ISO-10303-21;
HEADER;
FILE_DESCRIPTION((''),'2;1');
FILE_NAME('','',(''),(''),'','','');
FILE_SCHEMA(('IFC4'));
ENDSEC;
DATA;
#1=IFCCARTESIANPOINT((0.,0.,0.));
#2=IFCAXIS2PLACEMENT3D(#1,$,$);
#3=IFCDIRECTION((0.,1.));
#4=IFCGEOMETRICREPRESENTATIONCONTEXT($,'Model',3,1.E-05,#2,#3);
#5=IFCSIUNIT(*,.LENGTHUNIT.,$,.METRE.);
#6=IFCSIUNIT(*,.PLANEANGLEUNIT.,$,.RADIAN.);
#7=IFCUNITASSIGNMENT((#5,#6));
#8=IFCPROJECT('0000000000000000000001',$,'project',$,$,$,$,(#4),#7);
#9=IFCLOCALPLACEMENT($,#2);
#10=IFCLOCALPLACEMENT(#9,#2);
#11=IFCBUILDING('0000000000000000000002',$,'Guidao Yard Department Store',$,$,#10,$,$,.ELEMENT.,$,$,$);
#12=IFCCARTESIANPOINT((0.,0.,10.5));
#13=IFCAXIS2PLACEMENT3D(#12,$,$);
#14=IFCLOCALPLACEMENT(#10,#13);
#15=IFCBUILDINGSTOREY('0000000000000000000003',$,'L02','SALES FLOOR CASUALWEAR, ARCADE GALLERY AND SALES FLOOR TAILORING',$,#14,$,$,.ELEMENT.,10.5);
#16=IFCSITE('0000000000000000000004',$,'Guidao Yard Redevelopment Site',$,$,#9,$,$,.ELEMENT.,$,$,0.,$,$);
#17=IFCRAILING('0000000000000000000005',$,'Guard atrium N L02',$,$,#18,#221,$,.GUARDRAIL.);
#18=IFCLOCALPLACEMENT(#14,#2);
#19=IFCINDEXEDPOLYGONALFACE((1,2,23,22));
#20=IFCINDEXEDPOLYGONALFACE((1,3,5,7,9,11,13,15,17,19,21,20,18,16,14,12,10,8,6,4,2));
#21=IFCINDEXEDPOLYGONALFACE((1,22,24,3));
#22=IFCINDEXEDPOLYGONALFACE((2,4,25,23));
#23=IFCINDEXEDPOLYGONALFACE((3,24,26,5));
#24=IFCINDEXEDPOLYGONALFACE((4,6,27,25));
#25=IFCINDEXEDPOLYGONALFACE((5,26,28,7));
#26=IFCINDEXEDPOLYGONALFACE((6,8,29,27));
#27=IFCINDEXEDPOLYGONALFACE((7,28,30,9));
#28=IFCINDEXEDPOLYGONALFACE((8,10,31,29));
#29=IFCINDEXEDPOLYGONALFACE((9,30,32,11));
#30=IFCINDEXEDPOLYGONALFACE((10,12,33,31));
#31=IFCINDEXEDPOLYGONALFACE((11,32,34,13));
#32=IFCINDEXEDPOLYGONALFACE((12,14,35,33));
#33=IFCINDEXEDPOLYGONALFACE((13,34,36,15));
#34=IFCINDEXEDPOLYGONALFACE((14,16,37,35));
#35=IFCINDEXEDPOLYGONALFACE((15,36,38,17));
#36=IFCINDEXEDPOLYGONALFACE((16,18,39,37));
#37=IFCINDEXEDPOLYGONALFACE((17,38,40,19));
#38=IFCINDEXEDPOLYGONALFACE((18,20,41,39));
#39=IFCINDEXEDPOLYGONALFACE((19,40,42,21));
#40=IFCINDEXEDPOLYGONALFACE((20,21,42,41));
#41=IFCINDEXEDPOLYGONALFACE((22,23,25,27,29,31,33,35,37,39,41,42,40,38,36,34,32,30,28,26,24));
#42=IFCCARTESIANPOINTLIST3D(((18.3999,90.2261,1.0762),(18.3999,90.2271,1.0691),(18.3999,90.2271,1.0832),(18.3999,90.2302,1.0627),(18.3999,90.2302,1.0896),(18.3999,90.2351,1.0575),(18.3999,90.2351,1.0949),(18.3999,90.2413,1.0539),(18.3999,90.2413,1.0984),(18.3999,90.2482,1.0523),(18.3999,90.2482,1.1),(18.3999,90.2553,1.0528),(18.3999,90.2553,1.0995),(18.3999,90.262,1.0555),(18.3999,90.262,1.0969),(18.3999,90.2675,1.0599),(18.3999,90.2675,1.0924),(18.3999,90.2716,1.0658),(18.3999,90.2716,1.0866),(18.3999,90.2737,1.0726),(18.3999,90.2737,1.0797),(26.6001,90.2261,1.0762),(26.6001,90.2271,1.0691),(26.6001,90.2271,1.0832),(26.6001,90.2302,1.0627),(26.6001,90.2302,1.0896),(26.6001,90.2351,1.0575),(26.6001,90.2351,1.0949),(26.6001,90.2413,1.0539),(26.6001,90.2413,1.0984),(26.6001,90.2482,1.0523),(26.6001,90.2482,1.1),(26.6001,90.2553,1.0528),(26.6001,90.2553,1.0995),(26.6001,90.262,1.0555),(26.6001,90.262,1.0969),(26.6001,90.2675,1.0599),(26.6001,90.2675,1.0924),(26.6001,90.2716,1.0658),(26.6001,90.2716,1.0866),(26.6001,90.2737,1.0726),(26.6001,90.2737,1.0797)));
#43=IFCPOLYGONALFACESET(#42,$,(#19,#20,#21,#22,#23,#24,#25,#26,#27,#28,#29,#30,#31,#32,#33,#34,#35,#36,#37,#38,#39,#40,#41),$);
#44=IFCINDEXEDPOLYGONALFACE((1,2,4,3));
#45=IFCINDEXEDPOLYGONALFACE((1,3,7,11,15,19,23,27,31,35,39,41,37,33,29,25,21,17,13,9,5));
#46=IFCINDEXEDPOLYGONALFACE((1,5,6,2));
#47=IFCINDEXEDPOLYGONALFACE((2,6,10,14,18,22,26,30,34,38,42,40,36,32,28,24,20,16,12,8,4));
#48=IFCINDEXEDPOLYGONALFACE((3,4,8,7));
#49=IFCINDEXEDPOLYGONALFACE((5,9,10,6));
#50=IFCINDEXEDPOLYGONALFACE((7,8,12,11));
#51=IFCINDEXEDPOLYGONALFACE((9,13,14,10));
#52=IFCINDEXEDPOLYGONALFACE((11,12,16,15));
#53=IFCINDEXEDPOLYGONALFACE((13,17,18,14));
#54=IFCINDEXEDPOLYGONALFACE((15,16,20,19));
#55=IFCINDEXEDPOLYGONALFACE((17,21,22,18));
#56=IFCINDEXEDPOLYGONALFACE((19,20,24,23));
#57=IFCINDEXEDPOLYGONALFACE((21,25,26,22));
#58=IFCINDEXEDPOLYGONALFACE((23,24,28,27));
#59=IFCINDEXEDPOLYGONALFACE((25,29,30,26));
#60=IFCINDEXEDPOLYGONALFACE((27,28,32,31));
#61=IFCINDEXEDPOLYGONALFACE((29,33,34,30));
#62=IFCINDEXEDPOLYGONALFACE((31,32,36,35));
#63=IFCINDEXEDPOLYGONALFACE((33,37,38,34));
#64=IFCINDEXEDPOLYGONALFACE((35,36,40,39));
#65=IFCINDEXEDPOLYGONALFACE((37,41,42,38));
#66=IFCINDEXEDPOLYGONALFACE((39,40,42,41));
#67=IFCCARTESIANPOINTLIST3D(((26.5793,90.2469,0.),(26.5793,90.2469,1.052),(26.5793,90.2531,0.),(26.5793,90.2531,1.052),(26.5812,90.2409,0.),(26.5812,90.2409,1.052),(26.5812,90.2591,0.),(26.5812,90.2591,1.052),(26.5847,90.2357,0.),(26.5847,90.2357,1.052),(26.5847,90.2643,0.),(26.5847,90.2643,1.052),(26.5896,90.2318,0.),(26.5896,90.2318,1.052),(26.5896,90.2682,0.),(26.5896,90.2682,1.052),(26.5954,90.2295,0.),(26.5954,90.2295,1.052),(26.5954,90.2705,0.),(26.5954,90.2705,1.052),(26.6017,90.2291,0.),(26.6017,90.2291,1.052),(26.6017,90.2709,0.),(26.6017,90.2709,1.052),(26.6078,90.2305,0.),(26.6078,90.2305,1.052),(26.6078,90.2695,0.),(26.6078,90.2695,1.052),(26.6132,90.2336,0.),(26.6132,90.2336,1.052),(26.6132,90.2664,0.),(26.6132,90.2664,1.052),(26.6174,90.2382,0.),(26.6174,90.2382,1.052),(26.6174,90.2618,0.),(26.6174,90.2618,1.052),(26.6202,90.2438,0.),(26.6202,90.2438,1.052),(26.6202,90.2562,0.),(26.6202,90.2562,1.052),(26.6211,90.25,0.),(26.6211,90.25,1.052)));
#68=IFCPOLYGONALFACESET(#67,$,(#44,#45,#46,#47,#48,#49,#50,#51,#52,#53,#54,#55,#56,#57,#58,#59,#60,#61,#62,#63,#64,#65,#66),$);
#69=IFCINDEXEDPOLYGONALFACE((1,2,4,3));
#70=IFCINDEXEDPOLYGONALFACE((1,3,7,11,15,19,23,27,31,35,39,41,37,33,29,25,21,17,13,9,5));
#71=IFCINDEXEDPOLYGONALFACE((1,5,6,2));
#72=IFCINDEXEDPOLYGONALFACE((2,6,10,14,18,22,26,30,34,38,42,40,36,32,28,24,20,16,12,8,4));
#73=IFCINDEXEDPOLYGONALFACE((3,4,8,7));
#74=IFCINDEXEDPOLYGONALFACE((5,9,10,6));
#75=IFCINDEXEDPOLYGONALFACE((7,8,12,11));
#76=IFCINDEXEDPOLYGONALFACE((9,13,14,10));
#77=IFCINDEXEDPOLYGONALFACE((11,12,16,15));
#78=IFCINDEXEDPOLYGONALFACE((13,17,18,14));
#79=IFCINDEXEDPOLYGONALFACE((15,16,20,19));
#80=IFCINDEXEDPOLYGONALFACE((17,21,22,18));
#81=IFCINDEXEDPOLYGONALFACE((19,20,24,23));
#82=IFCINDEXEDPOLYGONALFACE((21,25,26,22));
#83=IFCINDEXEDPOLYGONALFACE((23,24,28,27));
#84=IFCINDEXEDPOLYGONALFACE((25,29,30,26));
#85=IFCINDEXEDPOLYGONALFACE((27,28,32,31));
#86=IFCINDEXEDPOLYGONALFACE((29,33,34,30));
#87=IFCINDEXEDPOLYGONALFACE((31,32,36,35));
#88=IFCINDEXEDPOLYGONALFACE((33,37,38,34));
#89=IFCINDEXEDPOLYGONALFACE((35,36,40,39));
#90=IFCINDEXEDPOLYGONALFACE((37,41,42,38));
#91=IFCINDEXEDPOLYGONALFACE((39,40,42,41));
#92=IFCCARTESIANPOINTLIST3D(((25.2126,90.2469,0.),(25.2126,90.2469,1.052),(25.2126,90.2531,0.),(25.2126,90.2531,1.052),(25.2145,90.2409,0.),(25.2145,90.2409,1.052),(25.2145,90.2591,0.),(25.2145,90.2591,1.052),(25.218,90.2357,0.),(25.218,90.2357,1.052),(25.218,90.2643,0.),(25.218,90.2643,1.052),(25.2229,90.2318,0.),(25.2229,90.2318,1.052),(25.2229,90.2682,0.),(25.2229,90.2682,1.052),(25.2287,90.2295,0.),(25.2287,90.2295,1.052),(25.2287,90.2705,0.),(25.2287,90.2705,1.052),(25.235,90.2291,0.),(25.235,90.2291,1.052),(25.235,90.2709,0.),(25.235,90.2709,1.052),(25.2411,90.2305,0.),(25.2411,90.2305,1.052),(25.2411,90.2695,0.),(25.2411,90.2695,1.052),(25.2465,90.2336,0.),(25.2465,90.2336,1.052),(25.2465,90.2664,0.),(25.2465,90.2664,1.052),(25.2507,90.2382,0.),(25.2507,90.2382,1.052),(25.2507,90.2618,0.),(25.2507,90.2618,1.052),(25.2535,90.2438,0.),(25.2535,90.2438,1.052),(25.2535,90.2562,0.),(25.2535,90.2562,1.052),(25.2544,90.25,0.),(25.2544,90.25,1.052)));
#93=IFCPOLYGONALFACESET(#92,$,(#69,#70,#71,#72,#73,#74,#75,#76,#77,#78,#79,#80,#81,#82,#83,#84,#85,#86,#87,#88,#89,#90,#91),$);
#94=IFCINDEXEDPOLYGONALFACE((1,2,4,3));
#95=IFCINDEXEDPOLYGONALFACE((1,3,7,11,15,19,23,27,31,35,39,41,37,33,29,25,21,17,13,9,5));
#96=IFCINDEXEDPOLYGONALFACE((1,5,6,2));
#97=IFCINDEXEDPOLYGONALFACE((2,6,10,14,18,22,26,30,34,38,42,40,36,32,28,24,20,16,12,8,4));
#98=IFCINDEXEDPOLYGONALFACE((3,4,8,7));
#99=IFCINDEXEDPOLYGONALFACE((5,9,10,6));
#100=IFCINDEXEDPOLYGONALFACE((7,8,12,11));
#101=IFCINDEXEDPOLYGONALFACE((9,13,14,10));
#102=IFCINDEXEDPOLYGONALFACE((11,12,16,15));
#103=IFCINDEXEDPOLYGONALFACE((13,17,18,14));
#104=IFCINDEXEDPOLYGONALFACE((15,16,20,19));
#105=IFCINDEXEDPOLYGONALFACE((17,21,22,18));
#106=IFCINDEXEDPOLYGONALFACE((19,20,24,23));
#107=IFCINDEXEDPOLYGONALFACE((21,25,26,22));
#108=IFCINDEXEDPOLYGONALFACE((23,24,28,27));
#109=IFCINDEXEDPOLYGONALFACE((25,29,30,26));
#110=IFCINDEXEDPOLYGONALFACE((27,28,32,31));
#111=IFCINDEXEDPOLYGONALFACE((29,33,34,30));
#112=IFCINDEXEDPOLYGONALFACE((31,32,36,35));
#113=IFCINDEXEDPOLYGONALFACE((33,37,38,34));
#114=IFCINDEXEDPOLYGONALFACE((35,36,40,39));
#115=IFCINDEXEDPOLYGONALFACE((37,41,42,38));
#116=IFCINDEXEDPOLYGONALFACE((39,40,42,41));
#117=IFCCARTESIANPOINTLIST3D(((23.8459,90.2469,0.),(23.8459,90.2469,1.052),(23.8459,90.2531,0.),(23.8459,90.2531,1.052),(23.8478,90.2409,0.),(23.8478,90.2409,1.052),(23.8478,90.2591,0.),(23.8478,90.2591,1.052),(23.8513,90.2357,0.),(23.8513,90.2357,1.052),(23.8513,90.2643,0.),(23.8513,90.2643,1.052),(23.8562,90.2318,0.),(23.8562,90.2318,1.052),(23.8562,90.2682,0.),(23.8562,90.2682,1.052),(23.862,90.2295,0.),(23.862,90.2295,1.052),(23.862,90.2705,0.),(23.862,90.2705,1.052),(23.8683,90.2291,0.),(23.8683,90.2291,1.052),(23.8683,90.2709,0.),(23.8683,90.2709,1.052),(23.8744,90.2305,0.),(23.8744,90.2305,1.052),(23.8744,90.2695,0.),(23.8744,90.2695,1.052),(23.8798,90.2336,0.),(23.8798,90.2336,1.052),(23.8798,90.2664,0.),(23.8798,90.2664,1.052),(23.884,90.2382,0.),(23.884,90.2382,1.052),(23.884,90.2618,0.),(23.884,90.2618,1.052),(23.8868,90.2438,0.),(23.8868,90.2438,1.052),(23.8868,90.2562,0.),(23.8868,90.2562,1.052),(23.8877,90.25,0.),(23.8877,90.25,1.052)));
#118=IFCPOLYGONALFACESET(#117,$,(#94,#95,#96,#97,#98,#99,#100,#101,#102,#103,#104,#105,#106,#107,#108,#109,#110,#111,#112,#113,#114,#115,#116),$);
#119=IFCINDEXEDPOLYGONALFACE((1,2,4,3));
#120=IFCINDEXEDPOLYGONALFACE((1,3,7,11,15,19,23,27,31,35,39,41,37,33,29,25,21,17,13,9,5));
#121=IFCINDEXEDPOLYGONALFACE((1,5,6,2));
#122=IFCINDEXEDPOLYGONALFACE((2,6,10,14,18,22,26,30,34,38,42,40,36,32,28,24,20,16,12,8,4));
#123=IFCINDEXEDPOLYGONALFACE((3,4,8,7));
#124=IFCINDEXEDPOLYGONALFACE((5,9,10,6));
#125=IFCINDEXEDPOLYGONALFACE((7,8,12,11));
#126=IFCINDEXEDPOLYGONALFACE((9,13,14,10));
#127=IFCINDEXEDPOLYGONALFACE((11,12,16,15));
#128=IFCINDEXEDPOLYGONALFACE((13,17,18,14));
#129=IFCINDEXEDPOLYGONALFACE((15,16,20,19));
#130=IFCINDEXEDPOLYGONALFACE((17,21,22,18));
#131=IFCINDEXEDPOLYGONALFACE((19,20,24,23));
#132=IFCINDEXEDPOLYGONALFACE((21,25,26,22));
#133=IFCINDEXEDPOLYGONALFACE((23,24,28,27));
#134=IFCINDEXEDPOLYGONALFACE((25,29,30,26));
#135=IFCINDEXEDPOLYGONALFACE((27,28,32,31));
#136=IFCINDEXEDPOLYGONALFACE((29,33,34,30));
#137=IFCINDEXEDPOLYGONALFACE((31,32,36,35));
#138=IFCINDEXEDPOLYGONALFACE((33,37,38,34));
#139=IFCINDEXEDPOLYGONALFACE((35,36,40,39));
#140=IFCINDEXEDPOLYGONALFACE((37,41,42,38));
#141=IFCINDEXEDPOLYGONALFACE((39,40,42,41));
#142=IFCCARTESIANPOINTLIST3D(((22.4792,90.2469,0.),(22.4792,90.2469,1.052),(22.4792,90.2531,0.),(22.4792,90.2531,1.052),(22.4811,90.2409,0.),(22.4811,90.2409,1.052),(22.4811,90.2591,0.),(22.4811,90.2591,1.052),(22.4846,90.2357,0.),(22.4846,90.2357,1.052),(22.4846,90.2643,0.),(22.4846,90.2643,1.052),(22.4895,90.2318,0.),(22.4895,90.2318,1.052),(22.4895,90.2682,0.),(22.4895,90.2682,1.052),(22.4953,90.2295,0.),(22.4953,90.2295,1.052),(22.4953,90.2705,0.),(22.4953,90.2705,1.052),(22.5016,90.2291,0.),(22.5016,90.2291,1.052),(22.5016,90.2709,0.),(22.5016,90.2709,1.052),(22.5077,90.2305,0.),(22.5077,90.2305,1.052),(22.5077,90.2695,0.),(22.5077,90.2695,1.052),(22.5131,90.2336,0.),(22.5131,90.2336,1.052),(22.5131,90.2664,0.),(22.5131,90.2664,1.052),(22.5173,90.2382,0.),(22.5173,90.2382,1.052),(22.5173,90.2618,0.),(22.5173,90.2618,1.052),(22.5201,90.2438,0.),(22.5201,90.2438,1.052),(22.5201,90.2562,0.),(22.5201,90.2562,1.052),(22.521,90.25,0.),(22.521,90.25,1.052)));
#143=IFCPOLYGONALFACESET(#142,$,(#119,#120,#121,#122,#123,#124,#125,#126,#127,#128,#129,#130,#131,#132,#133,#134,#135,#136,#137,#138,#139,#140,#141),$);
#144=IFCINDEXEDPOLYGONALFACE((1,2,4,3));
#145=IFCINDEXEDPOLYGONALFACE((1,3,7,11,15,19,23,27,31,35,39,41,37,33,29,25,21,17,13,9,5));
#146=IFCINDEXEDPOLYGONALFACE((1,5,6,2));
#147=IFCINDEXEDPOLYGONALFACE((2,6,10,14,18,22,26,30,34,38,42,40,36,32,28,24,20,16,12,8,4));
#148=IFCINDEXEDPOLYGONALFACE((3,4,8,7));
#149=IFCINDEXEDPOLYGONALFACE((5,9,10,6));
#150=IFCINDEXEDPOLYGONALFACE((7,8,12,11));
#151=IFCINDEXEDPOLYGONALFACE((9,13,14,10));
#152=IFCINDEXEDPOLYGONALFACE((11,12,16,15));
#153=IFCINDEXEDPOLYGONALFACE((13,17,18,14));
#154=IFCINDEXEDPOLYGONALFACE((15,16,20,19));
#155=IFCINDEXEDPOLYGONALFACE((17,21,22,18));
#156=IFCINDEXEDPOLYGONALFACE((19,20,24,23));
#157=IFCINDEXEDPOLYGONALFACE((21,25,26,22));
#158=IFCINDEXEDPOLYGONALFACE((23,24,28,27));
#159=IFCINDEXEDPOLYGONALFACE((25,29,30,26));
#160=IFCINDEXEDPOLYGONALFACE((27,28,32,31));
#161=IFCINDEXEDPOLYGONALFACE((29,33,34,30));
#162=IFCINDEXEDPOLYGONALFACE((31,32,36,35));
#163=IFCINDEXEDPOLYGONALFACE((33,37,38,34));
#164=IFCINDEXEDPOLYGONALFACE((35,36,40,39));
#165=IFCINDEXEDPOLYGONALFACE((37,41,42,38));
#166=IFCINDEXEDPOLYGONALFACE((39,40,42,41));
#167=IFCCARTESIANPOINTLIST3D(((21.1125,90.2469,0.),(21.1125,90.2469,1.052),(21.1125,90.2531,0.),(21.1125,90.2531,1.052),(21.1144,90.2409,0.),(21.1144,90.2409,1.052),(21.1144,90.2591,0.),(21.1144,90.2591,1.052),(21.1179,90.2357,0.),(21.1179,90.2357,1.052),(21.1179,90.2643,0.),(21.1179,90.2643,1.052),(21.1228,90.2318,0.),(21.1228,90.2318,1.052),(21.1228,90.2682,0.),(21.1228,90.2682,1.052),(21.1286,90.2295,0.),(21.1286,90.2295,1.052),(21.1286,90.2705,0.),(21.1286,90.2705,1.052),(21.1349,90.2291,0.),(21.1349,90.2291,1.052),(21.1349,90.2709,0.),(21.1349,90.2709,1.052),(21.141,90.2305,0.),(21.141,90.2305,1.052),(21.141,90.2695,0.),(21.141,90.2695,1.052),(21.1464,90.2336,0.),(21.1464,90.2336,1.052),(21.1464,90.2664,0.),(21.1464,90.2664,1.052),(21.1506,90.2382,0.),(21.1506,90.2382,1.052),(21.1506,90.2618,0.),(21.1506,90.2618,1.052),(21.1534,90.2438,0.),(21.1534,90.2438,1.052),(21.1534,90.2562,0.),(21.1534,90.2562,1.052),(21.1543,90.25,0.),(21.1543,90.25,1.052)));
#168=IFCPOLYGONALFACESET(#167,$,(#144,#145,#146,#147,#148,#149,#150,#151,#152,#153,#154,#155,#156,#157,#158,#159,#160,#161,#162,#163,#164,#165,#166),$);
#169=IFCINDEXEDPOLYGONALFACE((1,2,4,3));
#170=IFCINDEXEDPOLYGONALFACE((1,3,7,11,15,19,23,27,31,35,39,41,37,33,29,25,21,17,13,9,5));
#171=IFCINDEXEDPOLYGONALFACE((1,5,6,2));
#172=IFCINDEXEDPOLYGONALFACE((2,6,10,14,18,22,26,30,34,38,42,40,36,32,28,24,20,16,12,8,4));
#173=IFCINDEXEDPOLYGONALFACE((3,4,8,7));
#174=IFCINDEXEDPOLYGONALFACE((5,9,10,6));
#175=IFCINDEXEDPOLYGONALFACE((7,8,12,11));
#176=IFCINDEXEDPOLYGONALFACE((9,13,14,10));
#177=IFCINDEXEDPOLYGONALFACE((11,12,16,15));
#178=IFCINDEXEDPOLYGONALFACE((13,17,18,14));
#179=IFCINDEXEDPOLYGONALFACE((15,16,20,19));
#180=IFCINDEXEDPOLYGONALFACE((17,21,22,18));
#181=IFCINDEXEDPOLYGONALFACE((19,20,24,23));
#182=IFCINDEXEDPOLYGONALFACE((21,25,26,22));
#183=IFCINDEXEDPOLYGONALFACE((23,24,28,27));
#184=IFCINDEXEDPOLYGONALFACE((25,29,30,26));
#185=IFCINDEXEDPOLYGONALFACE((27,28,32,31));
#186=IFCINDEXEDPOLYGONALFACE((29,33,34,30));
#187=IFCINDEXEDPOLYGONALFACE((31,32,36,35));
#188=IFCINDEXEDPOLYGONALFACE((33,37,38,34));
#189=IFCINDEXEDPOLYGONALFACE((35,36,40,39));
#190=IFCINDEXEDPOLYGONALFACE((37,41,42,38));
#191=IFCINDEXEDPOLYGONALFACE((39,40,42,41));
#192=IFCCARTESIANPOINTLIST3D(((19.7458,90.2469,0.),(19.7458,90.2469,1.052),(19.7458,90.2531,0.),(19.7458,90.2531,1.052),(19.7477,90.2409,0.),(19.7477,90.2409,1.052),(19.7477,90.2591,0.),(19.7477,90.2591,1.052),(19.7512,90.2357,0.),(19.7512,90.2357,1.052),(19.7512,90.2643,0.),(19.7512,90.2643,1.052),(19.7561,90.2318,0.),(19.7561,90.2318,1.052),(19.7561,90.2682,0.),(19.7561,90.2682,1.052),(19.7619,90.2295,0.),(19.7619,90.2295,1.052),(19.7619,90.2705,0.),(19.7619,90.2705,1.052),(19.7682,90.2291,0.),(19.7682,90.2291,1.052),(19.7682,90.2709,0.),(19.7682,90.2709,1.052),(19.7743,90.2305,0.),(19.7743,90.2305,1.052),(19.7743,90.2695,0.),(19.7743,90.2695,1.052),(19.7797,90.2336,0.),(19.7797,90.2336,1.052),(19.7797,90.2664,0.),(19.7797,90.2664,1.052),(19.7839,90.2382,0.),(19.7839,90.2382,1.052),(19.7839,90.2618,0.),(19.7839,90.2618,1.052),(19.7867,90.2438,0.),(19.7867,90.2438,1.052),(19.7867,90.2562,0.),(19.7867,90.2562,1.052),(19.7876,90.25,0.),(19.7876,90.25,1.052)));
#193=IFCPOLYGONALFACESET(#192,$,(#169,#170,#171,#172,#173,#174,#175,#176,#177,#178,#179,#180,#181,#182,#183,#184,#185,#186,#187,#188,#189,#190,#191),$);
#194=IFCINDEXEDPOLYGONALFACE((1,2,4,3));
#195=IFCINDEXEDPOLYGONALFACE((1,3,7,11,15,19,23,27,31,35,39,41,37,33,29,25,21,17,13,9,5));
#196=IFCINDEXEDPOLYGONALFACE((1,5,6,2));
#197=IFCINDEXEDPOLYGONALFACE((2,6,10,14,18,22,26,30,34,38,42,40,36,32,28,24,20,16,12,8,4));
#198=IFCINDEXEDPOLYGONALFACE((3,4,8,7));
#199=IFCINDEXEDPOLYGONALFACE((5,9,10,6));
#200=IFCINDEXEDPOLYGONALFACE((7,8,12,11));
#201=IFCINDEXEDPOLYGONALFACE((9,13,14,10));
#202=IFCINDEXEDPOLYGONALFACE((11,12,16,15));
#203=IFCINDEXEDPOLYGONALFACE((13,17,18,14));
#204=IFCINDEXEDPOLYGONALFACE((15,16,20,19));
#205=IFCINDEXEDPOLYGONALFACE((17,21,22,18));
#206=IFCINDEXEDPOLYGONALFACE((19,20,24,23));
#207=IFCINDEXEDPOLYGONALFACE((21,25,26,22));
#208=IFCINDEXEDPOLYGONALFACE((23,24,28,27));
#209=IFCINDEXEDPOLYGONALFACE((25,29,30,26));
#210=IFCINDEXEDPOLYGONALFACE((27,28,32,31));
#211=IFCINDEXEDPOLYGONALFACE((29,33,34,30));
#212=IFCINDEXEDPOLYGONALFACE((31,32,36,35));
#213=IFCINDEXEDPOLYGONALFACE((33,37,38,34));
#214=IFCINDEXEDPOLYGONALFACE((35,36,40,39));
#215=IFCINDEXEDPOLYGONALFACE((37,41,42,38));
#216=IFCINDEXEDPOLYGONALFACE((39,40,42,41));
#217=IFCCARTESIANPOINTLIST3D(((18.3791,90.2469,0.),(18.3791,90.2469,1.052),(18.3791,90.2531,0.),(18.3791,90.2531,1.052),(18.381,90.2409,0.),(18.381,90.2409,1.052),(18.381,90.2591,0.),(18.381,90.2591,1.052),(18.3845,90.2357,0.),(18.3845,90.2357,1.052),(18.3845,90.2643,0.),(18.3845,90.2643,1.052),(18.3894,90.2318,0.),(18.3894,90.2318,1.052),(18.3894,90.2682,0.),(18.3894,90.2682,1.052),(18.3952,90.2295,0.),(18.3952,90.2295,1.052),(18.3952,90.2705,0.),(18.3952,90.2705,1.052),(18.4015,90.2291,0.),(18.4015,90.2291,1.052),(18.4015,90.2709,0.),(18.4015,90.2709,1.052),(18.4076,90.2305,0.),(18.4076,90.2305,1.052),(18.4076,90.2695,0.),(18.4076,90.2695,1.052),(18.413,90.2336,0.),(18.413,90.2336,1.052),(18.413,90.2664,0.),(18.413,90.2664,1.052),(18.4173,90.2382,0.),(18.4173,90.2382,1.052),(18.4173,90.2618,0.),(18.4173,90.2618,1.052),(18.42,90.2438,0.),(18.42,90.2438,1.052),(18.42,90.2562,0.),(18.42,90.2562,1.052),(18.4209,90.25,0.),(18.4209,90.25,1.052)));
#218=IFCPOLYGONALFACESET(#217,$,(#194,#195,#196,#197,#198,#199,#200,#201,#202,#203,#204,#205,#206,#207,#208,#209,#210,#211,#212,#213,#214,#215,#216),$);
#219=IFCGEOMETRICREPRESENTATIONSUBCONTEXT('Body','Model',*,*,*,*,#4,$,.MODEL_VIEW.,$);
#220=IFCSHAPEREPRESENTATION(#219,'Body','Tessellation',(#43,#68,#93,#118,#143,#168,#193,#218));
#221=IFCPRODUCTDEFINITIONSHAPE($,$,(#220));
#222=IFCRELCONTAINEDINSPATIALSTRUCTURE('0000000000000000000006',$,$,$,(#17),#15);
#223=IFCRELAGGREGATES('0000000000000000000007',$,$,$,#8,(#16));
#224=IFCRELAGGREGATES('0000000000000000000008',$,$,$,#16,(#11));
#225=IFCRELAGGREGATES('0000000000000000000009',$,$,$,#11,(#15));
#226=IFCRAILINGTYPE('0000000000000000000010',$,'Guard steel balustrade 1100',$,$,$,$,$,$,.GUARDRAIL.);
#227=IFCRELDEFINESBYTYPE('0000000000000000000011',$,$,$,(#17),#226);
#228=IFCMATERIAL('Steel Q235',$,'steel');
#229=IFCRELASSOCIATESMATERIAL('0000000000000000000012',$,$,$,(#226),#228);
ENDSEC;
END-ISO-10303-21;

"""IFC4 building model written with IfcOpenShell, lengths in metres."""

from ifc_helpers import new_model, si_unit, direction, frame, origin, origin_2d, place, context, subcontext, project, spatial, circle, extrude, material, type_object, element, save


model = new_model("IFC4")

# Units and contexts
model_context = context("Model", 3, precision=1e-05, world=origin(), true_north=direction((0.0, 1.0)))
body_context = subcontext(model_context, "Body", "Model", "MODEL_VIEW")
ifc_project = project(units=[si_unit("LENGTHUNIT", "METRE"), si_unit("PLANEANGLEUNIT", "RADIAN")], contexts=[model_context])

# Site, building, storey
site_placement = place(None, origin())
site = spatial("IfcSite", under=ifc_project, at=site_placement, Name="Guidao Yard Redevelopment Site", CompositionType="ELEMENT", RefElevation=0.0)
building_placement = place(site_placement, origin())
building = spatial("IfcBuilding", under=site, at=building_placement, Name="Guidao Yard Department Store", CompositionType="ELEMENT")
storey_placement = place(building_placement, frame((0.0, 0.0, 10.5)))
storey = spatial("IfcBuildingStorey", under=building, at=storey_placement, Name="L02", Description="SALES FLOOR CASUALWEAR, ARCADE GALLERY AND SALES FLOOR TAILORING", CompositionType="ELEMENT", Elevation=10.5)

# Railing
ifc_material_1 = material(Name="Steel Q235", Category="steel")
railing_type = type_object("IfcRailingType", Name="Guard steel balustrade 1100", PredefinedType="GUARDRAIL", material=ifc_material_1)
railing_placement = place(storey_placement, frame((26.6001, 90.25, 0.0)))
element("IfcRailing", 1, at=railing_placement, inside=storey, type_object=railing_type, Name="Guard atrium N L02", PredefinedType="GUARDRAIL", context=body_context, shape_type="SweptSolid", body=[
    extrude(circle(Radius=0.0239, at=origin_2d()), frame((0.0, 0.0, 1.0762), z_axis=(-1.0, 0.0, 0.0), x_axis=(0.0, -1.0, 0.0)), (0.0, 0.0, 1.0), 8.2002),
    extrude(circle(Radius=0.021, at=origin_2d()), origin(), (0.0, 0.0, 1.0), 1.052),
    extrude(circle(Radius=0.021, at=origin_2d()), frame((-1.3667, 0.0, 0.0)), (0.0, 0.0, 1.0), 1.052),
    extrude(circle(Radius=0.021, at=origin_2d()), frame((-2.7334, 0.0, 0.0)), (0.0, 0.0, 1.0), 1.052),
    extrude(circle(Radius=0.021, at=origin_2d()), frame((-4.1001, 0.0, 0.0)), (0.0, 0.0, 1.0), 1.052),
    extrude(circle(Radius=0.021, at=origin_2d()), frame((-5.4668, 0.0, 0.0)), (0.0, 0.0, 1.0), 1.052),
    extrude(circle(Radius=0.021, at=origin_2d()), frame((-6.8335, 0.0, 0.0)), (0.0, 0.0, 1.0), 1.052),
    extrude(circle(Radius=0.021, at=origin_2d()), frame((-8.2002, 0.0, 0.0)), (0.0, 0.0, 1.0), 1.052),
])

save(model, "model.ifc")
